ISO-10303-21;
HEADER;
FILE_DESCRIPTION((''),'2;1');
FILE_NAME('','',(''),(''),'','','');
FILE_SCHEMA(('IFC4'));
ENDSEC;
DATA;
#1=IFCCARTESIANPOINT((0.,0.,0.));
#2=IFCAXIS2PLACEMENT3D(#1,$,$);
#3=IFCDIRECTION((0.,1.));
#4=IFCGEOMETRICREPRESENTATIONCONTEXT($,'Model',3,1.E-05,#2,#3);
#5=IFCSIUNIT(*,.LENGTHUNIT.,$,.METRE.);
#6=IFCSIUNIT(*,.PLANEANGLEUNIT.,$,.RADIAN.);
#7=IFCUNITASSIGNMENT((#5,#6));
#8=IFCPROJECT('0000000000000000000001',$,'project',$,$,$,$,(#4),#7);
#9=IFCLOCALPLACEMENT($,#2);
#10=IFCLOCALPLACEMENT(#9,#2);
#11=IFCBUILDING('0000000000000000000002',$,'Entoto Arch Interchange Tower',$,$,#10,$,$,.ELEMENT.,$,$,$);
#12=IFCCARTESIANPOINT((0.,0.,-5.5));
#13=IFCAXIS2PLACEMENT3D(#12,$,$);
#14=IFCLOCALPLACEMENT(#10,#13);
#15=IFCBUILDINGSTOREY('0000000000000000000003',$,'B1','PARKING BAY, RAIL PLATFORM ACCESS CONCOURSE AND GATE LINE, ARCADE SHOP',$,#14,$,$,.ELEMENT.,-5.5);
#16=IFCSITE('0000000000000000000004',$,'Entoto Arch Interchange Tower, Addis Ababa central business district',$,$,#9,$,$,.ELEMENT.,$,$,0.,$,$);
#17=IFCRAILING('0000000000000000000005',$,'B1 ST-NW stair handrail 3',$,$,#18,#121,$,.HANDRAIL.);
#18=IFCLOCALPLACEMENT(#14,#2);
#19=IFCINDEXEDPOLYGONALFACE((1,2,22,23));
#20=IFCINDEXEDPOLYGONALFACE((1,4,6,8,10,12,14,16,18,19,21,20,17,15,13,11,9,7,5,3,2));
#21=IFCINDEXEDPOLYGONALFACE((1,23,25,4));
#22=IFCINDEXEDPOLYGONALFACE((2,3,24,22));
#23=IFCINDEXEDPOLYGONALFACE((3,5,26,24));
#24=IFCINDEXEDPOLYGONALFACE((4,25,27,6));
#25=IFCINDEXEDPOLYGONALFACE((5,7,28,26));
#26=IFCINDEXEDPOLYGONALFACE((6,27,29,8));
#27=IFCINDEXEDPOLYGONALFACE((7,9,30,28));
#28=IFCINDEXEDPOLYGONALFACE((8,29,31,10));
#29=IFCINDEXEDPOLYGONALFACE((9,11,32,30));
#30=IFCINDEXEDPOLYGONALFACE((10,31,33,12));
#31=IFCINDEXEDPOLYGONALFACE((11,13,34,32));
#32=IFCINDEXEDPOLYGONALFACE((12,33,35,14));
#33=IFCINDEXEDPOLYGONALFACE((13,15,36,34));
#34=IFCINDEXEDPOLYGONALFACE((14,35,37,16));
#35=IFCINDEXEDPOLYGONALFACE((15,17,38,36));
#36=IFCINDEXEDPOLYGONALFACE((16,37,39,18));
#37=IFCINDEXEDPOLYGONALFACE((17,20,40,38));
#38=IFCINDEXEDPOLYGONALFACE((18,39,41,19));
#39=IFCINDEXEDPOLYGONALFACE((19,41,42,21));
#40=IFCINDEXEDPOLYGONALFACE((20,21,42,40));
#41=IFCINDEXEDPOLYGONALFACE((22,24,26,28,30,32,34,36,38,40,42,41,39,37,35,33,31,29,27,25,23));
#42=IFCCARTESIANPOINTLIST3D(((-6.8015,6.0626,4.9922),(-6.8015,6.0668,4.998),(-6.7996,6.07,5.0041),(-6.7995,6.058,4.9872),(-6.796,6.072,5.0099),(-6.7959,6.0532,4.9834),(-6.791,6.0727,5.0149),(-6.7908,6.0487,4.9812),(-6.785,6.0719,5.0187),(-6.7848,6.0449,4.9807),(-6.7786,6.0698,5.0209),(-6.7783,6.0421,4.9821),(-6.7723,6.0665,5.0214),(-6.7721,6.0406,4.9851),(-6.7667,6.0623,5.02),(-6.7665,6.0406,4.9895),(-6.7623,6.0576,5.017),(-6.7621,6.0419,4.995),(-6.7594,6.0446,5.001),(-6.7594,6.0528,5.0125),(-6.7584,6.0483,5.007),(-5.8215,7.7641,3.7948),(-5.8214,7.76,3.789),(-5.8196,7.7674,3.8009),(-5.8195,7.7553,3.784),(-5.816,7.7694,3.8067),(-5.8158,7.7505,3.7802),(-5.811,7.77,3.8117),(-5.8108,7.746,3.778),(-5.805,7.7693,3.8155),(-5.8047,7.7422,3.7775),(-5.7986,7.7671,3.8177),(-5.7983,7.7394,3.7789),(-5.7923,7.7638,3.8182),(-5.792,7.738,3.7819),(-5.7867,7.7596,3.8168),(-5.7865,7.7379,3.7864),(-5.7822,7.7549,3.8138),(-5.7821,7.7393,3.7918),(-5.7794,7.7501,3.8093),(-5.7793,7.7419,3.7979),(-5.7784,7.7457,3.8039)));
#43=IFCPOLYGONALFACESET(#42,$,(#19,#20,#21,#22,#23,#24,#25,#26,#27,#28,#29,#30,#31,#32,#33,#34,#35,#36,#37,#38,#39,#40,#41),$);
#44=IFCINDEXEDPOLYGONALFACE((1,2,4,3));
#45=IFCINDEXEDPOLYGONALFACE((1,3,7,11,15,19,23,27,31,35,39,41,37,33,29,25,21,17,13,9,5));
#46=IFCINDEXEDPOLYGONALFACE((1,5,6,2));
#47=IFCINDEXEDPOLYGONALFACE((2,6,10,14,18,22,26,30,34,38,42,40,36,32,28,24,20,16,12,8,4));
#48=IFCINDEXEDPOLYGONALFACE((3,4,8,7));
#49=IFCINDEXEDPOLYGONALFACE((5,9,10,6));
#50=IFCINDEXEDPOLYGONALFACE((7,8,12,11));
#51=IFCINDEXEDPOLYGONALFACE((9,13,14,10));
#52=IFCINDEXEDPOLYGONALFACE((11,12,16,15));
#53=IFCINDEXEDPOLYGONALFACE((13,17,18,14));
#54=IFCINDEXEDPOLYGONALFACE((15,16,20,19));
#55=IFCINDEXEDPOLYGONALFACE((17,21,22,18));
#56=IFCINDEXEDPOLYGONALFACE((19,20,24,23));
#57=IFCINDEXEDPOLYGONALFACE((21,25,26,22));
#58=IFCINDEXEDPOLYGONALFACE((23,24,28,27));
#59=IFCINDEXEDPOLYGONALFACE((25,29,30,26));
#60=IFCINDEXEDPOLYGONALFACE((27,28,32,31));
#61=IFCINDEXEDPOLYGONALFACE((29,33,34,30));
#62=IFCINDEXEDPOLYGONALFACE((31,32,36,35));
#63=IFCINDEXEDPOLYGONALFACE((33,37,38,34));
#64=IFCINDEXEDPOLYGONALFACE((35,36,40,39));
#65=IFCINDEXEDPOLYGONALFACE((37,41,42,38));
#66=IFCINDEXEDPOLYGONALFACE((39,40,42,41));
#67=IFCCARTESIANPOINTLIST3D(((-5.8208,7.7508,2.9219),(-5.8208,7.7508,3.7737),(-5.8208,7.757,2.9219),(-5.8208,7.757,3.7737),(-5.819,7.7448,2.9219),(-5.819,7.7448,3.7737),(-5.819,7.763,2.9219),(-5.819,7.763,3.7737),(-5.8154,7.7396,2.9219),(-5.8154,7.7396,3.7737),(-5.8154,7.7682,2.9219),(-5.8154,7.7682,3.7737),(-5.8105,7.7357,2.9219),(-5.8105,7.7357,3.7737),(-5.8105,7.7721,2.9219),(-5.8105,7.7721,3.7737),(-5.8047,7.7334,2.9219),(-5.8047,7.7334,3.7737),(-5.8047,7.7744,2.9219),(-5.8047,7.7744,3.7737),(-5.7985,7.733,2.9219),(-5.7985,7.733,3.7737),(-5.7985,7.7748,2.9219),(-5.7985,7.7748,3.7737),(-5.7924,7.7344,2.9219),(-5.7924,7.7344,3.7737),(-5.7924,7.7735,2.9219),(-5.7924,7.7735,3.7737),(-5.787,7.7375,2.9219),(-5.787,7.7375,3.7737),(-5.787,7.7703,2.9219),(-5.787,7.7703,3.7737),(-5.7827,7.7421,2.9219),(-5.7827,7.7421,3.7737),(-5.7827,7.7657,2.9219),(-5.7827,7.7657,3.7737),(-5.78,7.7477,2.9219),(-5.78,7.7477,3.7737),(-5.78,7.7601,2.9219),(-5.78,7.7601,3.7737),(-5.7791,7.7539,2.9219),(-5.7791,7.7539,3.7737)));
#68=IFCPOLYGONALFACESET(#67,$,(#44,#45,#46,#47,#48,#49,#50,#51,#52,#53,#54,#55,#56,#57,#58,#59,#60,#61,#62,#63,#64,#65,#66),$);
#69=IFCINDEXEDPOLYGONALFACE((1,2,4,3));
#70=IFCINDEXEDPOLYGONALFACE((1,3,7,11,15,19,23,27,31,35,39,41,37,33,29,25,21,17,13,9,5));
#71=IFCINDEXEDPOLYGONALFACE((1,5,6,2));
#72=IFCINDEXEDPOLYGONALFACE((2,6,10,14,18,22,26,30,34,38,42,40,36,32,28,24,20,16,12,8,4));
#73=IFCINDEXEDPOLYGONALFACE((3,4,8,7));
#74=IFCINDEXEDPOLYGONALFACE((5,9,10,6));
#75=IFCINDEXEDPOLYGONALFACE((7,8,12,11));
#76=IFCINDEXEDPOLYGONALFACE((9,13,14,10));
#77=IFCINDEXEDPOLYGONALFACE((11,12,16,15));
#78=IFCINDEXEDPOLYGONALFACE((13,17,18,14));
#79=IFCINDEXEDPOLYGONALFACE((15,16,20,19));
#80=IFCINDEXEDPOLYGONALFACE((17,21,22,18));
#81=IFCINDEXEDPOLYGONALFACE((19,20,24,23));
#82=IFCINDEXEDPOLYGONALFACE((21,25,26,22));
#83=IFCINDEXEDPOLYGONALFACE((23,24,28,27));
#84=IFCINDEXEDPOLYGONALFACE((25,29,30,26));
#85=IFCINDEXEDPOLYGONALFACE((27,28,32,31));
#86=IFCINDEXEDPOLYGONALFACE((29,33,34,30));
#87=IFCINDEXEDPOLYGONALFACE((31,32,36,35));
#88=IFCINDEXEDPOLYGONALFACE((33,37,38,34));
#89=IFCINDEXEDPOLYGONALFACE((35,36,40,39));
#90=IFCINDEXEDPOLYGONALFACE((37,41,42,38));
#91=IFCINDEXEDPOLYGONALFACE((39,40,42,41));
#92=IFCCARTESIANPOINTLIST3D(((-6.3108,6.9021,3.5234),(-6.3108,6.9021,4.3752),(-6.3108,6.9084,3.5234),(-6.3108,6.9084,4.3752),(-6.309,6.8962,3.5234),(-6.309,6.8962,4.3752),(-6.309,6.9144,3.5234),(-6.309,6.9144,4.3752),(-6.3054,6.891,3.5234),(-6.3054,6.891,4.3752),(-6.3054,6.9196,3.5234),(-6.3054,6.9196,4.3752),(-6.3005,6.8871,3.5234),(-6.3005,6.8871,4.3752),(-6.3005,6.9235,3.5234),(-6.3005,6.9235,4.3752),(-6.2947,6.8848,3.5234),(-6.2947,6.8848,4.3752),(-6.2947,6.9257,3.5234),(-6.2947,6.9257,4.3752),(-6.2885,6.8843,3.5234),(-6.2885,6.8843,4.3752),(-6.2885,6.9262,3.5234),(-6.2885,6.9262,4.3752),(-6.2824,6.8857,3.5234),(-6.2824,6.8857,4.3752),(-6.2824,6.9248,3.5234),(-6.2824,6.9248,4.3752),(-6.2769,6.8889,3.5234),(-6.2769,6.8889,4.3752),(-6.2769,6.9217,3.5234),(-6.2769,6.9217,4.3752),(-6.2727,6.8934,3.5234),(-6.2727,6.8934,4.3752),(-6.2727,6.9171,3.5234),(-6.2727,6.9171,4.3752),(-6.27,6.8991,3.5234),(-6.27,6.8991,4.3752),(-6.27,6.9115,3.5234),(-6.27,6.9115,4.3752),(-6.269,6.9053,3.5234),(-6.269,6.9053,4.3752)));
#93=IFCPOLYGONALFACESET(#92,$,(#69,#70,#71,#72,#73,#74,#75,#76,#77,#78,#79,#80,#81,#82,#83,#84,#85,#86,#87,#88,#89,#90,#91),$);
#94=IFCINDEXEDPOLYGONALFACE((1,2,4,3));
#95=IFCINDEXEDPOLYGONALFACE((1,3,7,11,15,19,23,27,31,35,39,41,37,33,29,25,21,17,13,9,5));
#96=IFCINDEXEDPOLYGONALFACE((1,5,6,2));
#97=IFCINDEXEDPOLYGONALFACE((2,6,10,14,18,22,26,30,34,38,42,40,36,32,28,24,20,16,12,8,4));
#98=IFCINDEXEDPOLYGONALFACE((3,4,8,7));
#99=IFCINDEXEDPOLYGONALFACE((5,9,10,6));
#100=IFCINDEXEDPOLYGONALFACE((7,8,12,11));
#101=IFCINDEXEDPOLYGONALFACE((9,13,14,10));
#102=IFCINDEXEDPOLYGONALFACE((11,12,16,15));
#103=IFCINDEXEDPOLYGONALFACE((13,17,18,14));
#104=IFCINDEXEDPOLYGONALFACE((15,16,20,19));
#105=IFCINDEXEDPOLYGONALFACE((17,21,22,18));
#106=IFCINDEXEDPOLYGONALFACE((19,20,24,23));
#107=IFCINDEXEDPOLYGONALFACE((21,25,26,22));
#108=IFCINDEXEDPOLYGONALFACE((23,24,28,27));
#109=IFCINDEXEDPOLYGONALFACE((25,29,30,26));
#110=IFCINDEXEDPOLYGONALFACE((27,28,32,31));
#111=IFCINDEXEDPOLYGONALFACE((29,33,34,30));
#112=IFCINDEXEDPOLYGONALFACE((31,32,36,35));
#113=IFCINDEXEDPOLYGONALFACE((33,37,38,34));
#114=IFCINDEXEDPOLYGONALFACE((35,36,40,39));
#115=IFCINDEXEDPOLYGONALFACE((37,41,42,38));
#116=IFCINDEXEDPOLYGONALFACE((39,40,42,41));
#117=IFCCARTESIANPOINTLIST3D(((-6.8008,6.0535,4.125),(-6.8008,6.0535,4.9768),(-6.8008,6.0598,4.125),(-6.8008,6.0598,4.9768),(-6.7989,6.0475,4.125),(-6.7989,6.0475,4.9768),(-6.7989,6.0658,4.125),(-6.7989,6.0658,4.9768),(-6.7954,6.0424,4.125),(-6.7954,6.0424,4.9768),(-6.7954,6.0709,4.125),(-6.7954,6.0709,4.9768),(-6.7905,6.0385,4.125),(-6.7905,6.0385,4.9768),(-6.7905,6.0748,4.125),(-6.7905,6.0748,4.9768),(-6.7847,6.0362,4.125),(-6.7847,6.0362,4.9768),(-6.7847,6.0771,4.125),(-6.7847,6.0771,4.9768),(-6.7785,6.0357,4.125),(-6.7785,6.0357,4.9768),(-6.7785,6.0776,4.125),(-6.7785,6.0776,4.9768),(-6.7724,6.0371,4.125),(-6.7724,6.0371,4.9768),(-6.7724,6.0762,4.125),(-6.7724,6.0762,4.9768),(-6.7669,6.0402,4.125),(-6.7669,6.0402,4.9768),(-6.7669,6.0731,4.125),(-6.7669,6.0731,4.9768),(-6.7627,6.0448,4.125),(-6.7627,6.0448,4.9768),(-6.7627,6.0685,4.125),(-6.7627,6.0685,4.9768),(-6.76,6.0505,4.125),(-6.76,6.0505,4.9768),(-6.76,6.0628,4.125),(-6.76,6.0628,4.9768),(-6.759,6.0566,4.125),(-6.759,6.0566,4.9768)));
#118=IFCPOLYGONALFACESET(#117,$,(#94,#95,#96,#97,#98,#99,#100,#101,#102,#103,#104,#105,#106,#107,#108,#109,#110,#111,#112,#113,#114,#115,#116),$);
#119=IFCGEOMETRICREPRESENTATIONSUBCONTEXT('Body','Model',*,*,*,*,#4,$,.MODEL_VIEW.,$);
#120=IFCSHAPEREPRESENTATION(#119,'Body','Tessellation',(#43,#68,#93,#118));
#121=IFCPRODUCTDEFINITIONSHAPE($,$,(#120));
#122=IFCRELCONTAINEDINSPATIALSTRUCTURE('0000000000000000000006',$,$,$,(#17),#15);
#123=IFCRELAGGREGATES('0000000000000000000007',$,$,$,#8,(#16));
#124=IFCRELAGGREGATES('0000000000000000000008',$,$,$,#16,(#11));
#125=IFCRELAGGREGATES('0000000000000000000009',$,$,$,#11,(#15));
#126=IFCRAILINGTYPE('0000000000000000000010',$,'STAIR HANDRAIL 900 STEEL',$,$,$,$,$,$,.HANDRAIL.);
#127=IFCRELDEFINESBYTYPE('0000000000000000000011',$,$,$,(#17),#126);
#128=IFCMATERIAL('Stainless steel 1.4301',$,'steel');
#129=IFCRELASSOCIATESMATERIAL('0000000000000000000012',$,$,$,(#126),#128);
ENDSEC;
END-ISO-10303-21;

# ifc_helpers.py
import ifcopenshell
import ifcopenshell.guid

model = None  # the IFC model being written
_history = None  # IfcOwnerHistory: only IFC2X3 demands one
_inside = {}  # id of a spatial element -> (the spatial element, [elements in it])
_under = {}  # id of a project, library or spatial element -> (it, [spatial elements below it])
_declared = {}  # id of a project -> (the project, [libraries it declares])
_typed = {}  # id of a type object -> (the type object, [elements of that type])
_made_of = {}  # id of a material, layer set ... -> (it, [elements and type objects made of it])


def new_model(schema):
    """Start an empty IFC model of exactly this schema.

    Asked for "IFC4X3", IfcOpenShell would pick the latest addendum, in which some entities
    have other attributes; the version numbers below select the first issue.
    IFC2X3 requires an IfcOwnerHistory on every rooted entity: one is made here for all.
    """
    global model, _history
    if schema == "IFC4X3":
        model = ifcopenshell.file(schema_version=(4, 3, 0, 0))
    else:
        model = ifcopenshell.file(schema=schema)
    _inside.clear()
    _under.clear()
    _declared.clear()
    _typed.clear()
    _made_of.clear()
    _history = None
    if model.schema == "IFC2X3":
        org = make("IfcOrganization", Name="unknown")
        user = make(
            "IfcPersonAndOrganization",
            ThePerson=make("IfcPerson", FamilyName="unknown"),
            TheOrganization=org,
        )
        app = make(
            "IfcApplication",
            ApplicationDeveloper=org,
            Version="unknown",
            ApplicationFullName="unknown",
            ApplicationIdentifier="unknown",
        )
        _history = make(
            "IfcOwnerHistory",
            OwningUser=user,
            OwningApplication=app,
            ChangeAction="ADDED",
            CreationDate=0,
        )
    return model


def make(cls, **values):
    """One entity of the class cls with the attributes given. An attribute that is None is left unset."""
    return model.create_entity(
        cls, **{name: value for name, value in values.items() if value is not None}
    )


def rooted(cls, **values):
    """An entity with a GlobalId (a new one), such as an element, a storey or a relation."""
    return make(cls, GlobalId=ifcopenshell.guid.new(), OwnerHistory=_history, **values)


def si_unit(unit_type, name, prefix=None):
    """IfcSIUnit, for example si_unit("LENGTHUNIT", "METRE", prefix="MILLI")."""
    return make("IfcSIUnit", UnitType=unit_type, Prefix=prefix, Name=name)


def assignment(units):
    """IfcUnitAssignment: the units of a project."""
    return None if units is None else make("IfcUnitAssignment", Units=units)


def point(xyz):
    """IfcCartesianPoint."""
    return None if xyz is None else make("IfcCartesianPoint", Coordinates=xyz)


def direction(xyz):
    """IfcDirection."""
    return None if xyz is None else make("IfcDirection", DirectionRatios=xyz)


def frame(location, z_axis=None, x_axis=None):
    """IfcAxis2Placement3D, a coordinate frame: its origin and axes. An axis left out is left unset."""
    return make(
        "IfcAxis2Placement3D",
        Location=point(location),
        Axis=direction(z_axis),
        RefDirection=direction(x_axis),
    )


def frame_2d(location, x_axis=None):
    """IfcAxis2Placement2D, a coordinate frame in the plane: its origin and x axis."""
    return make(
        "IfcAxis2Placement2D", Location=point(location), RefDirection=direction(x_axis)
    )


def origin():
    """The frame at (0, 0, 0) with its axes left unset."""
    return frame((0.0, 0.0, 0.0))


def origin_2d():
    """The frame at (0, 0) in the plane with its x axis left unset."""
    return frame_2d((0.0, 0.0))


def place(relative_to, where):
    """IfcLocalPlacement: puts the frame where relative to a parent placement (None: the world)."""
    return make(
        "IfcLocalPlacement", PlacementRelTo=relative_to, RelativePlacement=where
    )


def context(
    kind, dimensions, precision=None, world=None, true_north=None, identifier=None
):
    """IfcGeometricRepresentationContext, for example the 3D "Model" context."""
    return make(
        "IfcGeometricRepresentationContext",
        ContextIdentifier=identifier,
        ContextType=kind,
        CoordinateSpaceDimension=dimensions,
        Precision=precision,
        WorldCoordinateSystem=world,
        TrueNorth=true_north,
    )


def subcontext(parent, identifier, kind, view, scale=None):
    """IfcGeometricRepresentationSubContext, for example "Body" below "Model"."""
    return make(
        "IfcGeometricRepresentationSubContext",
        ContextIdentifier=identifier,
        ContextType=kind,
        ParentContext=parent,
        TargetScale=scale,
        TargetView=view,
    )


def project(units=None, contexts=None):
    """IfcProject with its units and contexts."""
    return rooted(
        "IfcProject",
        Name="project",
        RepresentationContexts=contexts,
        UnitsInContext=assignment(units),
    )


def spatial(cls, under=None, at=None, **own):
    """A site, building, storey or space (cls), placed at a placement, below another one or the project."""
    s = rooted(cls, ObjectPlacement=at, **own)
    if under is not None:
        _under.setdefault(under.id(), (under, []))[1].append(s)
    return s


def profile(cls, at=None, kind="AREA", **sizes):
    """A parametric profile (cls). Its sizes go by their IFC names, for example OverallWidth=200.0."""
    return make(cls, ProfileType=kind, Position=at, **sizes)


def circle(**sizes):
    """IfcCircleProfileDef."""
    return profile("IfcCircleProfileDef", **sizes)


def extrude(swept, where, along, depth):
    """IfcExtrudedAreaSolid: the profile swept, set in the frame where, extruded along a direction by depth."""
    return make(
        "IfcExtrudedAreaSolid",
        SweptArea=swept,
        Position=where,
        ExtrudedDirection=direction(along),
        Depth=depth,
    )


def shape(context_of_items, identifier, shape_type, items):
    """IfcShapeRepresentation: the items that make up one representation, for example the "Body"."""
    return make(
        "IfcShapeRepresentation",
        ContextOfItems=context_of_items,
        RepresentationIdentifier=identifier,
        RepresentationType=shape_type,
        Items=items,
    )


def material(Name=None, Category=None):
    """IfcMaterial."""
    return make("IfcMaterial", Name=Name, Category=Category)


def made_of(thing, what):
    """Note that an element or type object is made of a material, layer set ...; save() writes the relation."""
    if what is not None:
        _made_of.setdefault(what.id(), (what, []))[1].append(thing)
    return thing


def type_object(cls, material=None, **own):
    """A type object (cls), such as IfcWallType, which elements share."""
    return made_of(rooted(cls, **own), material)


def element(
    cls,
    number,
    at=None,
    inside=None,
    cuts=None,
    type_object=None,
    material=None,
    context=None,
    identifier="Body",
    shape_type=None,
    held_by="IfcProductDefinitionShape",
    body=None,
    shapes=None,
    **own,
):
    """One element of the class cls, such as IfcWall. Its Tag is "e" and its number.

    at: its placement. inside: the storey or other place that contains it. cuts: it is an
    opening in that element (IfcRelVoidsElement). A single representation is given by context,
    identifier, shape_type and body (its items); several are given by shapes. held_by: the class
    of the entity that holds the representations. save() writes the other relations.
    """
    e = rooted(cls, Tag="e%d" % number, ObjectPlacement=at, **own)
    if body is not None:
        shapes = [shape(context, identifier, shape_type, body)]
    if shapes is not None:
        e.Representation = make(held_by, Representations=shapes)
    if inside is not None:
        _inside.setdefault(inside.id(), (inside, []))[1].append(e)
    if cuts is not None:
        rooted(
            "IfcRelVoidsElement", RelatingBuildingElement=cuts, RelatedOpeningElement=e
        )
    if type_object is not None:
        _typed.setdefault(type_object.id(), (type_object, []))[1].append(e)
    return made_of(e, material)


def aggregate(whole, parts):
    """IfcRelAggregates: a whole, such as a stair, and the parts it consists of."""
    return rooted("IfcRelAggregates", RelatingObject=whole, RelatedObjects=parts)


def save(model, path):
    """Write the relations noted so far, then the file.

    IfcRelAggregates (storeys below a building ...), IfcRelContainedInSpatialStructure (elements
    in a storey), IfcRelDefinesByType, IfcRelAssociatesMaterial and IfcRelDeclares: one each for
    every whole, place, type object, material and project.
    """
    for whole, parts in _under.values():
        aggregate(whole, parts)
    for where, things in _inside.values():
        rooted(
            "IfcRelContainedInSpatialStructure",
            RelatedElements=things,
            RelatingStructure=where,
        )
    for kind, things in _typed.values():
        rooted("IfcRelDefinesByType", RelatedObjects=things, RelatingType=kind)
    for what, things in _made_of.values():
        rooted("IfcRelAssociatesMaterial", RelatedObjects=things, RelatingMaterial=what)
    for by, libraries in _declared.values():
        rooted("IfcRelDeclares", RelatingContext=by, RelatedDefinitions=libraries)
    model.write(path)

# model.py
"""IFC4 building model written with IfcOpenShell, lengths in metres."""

from ifc_helpers import new_model, si_unit, direction, frame, origin, origin_2d, place, context, subcontext, project, spatial, circle, extrude, material, type_object, element, save


model = new_model("IFC4")

# Units and contexts
model_context = context("Model", 3, precision=1e-05, world=origin(), true_north=direction((0.0, 1.0)))
body_context = subcontext(model_context, "Body", "Model", "MODEL_VIEW")
ifc_project = project(units=[si_unit("LENGTHUNIT", "METRE"), si_unit("PLANEANGLEUNIT", "RADIAN")], contexts=[model_context])

# Site, building, storey
site_placement = place(None, origin())
site = spatial("IfcSite", under=ifc_project, at=site_placement, Name="Entoto Arch Interchange Tower, Addis Ababa central business district", CompositionType="ELEMENT", RefElevation=0.0)
building_placement = place(site_placement, origin())
building = spatial("IfcBuilding", under=site, at=building_placement, Name="Entoto Arch Interchange Tower", CompositionType="ELEMENT")
storey_placement = place(building_placement, frame((0.0, 0.0, -5.5)))
storey = spatial("IfcBuildingStorey", under=building, at=storey_placement, Name="B1", Description="PARKING BAY, RAIL PLATFORM ACCESS CONCOURSE AND GATE LINE, ARCADE SHOP", CompositionType="ELEMENT", Elevation=-5.5)

# Railing
ifc_material_1 = material(Name="Stainless steel 1.4301", Category="steel")
railing_type_1 = type_object("IfcRailingType", Name="STAIR HANDRAIL 900 STEEL", PredefinedType="HANDRAIL", material=ifc_material_1)
railing_1_placement = place(storey_placement, frame((-5.8, 7.7539, 2.9219)))
element("IfcRailing", 1, at=railing_1_placement, inside=storey, type_object=railing_type_1, Name="B1 ST-NW stair handrail 3", PredefinedType="HANDRAIL", context=body_context, shape_type="SweptSolid", body=[
    extrude(circle(Radius=0.0239, at=origin_2d()), frame((0.0, 0.0, 0.876), z_axis=(-0.426136, -0.73804, 0.523168), x_axis=(0.866011, -0.500024, 0.0)), (0.0, 0.0, 1.0), 2.2998),
    extrude(circle(Radius=0.021, at=origin_2d()), origin(), (0.0, 0.0, 1.0), 0.8518),
    extrude(circle(Radius=0.021, at=origin_2d()), frame((-0.49, -0.8486, 0.6016)), (0.0, 0.0, 1.0), 0.8518),
    extrude(circle(Radius=0.021, at=origin_2d()), frame((-0.98, -1.6973, 1.2031)), (0.0, 0.0, 1.0), 0.8518),
])

save(model, "model.ifc")
